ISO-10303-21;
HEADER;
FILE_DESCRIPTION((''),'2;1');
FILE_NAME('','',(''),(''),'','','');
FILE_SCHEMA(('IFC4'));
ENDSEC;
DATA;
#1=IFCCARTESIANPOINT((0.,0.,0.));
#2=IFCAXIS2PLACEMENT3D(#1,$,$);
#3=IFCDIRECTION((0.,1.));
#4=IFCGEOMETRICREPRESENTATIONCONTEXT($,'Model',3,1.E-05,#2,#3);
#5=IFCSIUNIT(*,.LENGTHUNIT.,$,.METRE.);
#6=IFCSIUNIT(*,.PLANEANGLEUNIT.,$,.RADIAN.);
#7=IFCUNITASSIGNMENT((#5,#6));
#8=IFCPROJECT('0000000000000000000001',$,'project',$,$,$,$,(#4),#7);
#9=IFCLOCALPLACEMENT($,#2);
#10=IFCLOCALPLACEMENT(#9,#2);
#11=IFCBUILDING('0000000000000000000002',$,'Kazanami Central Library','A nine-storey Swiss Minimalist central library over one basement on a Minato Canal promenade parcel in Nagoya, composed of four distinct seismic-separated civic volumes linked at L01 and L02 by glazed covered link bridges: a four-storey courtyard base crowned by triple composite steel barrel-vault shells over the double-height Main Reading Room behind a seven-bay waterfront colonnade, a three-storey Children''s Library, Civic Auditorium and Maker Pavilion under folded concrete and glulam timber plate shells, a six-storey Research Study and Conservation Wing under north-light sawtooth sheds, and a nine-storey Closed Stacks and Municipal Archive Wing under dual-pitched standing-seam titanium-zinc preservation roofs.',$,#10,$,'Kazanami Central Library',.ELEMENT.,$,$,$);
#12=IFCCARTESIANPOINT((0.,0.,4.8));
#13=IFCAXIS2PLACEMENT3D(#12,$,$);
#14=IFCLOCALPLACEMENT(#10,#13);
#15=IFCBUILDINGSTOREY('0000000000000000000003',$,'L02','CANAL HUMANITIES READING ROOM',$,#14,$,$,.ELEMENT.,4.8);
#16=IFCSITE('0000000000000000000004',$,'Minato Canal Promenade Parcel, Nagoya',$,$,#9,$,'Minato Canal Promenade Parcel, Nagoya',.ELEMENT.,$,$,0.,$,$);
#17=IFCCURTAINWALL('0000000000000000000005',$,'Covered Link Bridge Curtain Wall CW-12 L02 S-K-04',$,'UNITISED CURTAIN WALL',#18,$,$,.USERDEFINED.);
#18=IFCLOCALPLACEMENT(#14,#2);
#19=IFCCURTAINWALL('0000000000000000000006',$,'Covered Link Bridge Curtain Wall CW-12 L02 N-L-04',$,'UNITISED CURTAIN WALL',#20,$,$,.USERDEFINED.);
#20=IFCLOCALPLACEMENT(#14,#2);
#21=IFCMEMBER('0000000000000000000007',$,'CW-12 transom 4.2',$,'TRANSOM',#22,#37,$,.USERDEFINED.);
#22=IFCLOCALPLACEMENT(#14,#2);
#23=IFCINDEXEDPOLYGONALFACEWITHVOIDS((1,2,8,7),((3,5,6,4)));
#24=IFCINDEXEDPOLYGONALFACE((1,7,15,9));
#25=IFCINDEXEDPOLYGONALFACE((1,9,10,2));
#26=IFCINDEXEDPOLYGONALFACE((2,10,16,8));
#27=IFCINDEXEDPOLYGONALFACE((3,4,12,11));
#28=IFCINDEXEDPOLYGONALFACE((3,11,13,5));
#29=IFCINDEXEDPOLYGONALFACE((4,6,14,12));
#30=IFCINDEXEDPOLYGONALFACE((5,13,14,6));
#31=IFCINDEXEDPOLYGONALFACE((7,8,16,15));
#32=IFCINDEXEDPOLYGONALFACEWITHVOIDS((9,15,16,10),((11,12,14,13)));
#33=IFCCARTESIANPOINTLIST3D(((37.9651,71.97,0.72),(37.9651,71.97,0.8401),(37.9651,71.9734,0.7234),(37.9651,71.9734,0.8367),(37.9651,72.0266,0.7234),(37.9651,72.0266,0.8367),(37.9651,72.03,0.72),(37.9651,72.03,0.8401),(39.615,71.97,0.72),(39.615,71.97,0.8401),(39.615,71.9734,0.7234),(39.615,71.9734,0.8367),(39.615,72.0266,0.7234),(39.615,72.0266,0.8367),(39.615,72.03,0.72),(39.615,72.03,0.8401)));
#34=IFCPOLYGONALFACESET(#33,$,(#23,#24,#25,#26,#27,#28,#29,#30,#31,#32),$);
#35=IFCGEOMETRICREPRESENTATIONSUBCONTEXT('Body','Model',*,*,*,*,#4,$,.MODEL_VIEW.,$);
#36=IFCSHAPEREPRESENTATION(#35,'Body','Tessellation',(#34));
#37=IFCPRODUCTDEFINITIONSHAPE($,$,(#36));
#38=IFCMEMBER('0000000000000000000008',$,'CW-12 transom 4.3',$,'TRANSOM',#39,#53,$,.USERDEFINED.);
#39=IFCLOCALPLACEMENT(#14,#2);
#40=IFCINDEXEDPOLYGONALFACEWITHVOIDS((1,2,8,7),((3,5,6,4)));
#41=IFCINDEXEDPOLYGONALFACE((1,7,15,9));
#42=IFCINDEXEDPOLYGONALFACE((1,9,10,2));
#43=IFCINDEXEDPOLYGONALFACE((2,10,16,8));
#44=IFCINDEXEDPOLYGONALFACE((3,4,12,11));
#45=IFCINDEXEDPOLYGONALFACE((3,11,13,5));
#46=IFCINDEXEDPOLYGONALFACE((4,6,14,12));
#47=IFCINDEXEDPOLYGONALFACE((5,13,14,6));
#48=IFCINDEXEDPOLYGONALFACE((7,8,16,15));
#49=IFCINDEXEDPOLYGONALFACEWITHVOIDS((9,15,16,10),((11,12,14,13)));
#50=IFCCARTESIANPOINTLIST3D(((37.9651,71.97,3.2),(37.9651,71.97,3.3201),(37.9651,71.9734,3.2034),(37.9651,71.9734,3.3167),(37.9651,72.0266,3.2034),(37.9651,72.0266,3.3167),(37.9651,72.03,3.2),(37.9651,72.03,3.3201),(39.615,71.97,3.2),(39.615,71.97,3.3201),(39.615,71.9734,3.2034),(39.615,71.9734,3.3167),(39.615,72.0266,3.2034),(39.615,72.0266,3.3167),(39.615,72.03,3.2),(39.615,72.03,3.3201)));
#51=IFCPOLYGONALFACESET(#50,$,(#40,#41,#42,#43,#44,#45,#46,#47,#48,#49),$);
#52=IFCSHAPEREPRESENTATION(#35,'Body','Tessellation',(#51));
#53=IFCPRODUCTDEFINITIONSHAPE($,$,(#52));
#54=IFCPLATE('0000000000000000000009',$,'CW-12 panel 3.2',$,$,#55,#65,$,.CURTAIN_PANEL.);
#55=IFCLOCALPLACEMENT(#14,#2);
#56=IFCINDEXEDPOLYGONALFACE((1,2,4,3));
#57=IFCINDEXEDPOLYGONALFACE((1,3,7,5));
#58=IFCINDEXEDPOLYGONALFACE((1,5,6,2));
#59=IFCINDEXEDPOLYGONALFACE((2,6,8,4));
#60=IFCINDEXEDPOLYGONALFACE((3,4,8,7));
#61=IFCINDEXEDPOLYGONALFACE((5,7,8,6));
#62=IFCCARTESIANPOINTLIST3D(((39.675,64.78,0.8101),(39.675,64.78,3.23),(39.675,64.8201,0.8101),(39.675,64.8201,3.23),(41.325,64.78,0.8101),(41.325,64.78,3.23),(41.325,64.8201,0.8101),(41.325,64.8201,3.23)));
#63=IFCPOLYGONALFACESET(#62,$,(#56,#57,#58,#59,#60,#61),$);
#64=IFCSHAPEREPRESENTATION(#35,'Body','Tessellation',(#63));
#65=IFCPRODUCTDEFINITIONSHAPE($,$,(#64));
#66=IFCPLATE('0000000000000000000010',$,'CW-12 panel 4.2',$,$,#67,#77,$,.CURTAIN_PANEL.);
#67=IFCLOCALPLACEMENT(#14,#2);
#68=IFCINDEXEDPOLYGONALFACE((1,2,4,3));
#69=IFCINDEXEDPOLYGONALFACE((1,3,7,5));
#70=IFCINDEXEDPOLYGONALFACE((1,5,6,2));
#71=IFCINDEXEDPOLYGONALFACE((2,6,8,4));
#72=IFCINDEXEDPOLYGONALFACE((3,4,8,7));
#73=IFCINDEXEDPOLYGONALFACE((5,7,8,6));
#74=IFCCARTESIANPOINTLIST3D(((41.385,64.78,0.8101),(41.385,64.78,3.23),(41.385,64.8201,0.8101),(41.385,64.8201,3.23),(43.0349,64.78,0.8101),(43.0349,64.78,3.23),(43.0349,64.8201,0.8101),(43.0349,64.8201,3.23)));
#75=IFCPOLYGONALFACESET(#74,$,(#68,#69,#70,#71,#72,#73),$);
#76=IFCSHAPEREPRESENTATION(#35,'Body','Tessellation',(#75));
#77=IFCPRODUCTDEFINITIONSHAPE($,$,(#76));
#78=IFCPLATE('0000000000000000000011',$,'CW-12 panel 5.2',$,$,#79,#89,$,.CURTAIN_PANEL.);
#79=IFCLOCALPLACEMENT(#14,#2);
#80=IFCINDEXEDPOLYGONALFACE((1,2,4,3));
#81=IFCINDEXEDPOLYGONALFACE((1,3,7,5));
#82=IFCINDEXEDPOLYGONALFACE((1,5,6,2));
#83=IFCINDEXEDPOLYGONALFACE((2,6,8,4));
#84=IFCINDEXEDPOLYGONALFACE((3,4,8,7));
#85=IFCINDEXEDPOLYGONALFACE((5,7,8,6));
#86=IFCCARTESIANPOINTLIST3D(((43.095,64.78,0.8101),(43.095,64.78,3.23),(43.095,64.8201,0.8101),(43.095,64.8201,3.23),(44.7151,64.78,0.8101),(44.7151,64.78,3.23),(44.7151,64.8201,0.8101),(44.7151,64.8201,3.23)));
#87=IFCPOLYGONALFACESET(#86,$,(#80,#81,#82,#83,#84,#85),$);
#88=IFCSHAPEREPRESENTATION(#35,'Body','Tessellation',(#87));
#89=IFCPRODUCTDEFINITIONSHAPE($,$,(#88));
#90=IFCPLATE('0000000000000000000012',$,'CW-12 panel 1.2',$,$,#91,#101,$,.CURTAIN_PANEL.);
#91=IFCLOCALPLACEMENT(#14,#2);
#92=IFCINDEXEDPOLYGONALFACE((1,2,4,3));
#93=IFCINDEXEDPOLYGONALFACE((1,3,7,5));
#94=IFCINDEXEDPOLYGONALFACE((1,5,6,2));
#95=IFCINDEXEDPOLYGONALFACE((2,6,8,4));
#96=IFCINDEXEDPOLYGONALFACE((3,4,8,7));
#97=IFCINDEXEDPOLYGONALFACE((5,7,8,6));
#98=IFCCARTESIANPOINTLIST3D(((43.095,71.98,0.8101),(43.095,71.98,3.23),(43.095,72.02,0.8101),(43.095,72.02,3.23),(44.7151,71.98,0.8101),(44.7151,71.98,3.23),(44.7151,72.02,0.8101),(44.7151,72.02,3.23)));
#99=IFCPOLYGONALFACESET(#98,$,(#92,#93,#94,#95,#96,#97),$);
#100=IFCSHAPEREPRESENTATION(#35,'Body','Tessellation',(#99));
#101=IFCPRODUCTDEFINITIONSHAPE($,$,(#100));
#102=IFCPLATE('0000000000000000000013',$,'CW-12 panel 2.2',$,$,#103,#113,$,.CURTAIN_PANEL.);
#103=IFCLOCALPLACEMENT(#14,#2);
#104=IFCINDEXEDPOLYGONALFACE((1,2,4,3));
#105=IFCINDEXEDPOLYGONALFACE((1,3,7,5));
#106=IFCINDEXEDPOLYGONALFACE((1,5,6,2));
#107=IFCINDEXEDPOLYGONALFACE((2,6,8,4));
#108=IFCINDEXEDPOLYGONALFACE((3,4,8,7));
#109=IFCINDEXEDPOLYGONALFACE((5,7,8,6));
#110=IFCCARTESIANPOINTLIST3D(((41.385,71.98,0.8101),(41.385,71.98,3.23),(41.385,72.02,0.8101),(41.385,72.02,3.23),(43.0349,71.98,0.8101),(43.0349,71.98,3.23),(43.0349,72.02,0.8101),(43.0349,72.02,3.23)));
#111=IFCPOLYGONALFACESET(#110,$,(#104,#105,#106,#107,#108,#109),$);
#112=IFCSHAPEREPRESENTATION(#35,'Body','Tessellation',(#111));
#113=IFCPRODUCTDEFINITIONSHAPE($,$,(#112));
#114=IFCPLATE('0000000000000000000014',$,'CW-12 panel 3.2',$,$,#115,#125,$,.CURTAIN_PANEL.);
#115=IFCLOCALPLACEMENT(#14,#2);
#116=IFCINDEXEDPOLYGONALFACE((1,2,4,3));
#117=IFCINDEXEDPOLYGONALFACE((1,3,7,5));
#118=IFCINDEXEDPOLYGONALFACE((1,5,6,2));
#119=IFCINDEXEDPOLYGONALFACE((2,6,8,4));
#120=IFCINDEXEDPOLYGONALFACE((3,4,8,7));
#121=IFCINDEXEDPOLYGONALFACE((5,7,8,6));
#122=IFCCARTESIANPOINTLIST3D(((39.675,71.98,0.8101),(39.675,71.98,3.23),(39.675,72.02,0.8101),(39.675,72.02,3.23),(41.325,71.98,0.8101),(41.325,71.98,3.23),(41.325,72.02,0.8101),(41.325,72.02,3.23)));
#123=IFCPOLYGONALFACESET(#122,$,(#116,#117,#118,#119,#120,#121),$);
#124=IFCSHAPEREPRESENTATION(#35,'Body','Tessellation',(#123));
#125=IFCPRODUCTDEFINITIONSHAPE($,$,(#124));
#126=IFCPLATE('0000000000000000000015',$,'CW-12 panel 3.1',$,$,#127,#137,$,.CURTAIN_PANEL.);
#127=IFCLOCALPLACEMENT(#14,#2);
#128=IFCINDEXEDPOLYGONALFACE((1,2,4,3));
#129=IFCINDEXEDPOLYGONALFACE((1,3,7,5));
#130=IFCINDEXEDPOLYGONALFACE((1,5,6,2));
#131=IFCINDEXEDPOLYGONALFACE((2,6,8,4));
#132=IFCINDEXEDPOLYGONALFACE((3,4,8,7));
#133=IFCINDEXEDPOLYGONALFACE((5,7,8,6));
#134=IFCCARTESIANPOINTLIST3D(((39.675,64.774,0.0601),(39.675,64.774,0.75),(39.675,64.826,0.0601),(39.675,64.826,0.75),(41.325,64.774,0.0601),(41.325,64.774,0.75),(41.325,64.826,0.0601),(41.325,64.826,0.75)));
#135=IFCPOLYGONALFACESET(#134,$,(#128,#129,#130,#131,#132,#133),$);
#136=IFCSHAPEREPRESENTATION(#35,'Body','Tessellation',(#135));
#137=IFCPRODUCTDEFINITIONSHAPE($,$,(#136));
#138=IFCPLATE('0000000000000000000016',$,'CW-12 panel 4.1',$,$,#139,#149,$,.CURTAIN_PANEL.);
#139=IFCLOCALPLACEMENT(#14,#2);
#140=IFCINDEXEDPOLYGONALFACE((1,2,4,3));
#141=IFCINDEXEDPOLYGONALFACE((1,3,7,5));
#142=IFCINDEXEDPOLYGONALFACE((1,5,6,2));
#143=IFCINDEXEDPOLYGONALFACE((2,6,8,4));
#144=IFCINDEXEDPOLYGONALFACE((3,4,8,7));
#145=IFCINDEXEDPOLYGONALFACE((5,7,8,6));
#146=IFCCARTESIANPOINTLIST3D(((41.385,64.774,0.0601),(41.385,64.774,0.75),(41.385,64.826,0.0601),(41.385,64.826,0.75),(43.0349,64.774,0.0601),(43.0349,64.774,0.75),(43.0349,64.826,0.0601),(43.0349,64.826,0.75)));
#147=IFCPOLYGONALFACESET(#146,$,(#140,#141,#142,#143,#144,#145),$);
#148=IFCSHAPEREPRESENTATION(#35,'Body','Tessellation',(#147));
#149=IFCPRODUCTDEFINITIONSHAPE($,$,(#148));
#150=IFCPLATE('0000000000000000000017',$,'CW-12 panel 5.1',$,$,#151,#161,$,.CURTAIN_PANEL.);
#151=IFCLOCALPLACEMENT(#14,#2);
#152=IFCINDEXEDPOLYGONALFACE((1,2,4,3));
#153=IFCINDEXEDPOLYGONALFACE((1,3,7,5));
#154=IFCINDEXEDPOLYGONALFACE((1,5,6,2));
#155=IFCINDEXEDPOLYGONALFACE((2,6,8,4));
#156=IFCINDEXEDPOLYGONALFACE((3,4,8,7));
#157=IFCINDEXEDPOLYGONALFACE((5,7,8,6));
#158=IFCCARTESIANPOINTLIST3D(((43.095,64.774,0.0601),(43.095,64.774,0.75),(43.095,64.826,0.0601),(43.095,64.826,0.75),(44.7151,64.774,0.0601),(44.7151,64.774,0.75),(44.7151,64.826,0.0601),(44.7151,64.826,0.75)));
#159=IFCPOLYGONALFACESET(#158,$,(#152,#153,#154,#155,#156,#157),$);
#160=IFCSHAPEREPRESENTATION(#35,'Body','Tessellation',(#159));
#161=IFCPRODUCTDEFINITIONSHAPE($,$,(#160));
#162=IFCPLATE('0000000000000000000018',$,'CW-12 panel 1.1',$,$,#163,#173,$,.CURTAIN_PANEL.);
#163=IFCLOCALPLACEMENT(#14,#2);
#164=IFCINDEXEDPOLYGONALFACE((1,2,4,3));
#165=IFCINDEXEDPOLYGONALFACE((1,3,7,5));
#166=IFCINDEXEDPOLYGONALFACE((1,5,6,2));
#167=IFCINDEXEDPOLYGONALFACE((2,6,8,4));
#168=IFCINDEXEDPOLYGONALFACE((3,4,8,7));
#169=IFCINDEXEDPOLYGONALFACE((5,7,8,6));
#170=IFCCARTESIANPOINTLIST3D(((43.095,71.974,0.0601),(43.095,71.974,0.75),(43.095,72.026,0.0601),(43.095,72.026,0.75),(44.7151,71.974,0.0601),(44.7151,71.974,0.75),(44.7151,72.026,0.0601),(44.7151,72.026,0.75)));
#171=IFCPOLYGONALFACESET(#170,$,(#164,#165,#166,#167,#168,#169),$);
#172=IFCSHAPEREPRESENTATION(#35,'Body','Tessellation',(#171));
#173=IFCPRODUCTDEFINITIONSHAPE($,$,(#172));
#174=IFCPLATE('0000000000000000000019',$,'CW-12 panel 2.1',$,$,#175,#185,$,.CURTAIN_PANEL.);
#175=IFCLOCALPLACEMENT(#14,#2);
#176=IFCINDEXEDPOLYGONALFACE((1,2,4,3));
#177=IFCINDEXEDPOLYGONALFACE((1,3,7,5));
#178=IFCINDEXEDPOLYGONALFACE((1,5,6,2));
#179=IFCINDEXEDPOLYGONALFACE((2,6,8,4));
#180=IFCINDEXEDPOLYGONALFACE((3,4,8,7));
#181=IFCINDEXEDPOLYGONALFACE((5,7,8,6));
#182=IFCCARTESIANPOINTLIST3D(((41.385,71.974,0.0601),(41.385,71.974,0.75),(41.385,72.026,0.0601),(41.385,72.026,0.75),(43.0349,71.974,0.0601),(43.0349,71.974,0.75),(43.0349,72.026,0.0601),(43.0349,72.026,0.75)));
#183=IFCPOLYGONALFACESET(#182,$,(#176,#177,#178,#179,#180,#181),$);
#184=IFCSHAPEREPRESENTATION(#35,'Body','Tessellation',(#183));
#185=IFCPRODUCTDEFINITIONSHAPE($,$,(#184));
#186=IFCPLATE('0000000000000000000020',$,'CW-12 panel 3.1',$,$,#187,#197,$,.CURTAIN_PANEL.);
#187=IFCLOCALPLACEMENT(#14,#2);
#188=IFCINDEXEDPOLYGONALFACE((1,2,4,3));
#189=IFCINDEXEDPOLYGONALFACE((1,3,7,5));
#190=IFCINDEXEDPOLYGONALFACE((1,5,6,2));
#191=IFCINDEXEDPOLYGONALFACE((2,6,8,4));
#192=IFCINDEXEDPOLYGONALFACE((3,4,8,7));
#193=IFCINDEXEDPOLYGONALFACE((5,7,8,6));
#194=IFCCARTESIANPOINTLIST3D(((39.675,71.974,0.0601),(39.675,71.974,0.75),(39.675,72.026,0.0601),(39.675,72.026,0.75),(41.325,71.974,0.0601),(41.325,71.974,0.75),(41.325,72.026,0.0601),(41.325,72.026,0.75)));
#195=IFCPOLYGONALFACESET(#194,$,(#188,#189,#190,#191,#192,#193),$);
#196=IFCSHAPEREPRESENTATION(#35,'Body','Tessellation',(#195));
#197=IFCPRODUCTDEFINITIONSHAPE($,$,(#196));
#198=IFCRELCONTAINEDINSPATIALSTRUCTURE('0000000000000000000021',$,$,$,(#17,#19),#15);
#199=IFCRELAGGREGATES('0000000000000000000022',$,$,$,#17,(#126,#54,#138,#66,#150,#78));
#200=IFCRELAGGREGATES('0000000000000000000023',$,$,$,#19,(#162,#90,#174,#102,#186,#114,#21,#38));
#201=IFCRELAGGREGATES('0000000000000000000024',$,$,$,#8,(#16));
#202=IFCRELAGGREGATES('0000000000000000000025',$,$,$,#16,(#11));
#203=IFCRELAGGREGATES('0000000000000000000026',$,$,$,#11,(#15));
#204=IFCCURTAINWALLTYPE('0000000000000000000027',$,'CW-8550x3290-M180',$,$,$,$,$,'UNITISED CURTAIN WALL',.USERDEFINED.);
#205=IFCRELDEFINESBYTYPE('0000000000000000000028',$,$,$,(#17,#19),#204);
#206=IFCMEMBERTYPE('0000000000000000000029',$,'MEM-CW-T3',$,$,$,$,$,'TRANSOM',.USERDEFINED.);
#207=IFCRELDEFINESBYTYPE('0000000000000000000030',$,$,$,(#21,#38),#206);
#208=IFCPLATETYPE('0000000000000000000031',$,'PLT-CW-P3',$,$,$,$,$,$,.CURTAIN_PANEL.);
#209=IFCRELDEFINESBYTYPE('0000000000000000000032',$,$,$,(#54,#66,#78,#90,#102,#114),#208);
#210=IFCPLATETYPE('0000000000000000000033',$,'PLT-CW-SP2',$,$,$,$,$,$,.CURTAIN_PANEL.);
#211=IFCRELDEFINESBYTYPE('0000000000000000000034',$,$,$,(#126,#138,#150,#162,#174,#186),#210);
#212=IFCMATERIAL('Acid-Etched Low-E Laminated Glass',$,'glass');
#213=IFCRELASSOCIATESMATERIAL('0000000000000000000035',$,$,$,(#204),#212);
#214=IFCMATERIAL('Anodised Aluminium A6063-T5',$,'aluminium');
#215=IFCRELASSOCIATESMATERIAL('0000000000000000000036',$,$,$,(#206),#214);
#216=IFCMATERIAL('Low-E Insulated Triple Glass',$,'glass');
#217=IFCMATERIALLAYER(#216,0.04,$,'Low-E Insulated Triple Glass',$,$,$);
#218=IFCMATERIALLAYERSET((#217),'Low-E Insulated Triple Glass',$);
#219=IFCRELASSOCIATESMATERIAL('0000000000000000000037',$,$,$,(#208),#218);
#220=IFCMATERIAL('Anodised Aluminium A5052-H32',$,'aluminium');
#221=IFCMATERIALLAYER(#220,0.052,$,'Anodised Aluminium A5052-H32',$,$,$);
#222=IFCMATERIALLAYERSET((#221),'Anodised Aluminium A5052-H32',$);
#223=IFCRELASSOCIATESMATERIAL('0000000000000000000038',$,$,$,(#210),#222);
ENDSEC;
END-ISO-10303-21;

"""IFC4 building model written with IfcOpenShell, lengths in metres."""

from ifc_helpers import new_model, si_unit, direction, frame, origin, origin_2d, place, context, subcontext, project, spatial, rectangle, hollow_rectangle, extrude, material, layer, layer_set, material_profile, profile_set, type_object, element, aggregate, save


model = new_model("IFC4")

# Units and contexts
model_context = context("Model", 3, precision=1e-05, world=origin(), true_north=direction((0.0, 1.0)))
body_context = subcontext(model_context, "Body", "Model", "MODEL_VIEW")
ifc_project = project(units=[si_unit("LENGTHUNIT", "METRE"), si_unit("PLANEANGLEUNIT", "RADIAN")], contexts=[model_context])

# Site, building, storey
site_placement = place(None, origin())
site = spatial("IfcSite", under=ifc_project, at=site_placement, Name="Minato Canal Promenade Parcel, Nagoya", LongName="Minato Canal Promenade Parcel, Nagoya", CompositionType="ELEMENT", RefElevation=0.0)
building_placement = place(site_placement, origin())
building = spatial("IfcBuilding", under=site, at=building_placement, Name="Kazanami Central Library", Description="A nine-storey Swiss Minimalist central library over one basement on a Minato Canal promenade parcel in Nagoya, composed of four distinct seismic-separated civic volumes linked at L01 and L02 by glazed covered link bridges: a four-storey courtyard base crowned by triple composite steel barrel-vault shells over the double-height Main Reading Room behind a seven-bay waterfront colonnade, a three-storey Children's Library, Civic Auditorium and Maker Pavilion under folded concrete and glulam timber plate shells, a six-storey Research Study and Conservation Wing under north-light sawtooth sheds, and a nine-storey Closed Stacks and Municipal Archive Wing under dual-pitched standing-seam titanium-zinc preservation roofs.", LongName="Kazanami Central Library", CompositionType="ELEMENT")
storey_placement = place(building_placement, frame((0.0, 0.0, 4.8)))
storey = spatial("IfcBuildingStorey", under=building, at=storey_placement, Name="L02", Description="CANAL HUMANITIES READING ROOM", CompositionType="ELEMENT", Elevation=4.8)

# Curtain walls
ifc_material_1 = material(Name="Acid-Etched Low-E Laminated Glass", Category="glass")
curtain_wall_type = type_object("IfcCurtainWallType", Name="CW-8550x3290-M180", ElementType="UNITISED CURTAIN WALL", PredefinedType="USERDEFINED", material=ifc_material_1)
curtain_wall_1_placement = place(storey_placement, origin())
curtain_wall_1 = element("IfcCurtainWall", 1, at=curtain_wall_1_placement, inside=storey, type_object=curtain_wall_type, Name="Covered Link Bridge Curtain Wall CW-12 L02 S-K-04", ObjectType="UNITISED CURTAIN WALL", PredefinedType="USERDEFINED")
ifc_material_2 = material(Name="Anodised Aluminium A6063-T5", Category="aluminium")
curtain_wall_2_placement = place(storey_placement, origin())
curtain_wall_2 = element("IfcCurtainWall", 2, at=curtain_wall_2_placement, inside=storey, type_object=curtain_wall_type, Name="Covered Link Bridge Curtain Wall CW-12 L02 N-L-04", ObjectType="UNITISED CURTAIN WALL", PredefinedType="USERDEFINED")

# Members
ifc_material_profile_1 = material_profile(ifc_material_2, hollow_rectangle(XDim=0.0601, YDim=0.1201, WallThickness=0.0034, at=origin_2d()), Name="ALU-TRAN-60x120x3.5")
ifc_profile_set_1 = profile_set([ifc_material_profile_1], Name="Anodised Aluminium A6063-T5")
member_type_1 = type_object("IfcMemberType", Name="MEM-CW-T3", ElementType="TRANSOM", PredefinedType="USERDEFINED", material=ifc_profile_set_1)
member_1_placement = place(storey_placement, frame((39.615, 72.0, 0.78), z_axis=(-1.0, 0.0, 0.0), x_axis=(0.0, -1.0, 0.0)))
member_1 = element("IfcMember", 3, at=member_1_placement, type_object=member_type_1, Name="CW-12 transom 4.2", ObjectType="TRANSOM", PredefinedType="USERDEFINED", context=body_context, shape_type="SweptSolid", body=[
    extrude(hollow_rectangle(XDim=0.0601, YDim=0.1201, WallThickness=0.0034, at=origin_2d()), origin(), (0.0, 0.0, 1.0), 1.6499),
])
member_2_placement = place(storey_placement, frame((39.615, 72.0, 3.26), z_axis=(-1.0, 0.0, 0.0), x_axis=(0.0, -1.0, 0.0)))
member_2 = element("IfcMember", 4, at=member_2_placement, type_object=member_type_1, Name="CW-12 transom 4.3", ObjectType="TRANSOM", PredefinedType="USERDEFINED", context=body_context, shape_type="SweptSolid", body=[
    extrude(hollow_rectangle(XDim=0.0601, YDim=0.1201, WallThickness=0.0034, at=origin_2d()), origin(), (0.0, 0.0, 1.0), 1.6499),
])

# Plates
ifc_material_3 = material(Name="Low-E Insulated Triple Glass", Category="glass")
ifc_layer_1 = layer(ifc_material_3, 0.04, Name="Low-E Insulated Triple Glass")
ifc_layer_set_1 = layer_set([ifc_layer_1], Name="Low-E Insulated Triple Glass")
plate_type_1 = type_object("IfcPlateType", Name="PLT-CW-P3", PredefinedType="CURTAIN_PANEL", material=ifc_layer_set_1)
plate_1_placement = place(storey_placement, frame((40.5, 64.8, 0.8101), z_axis=(0.0, 0.0, 1.0), x_axis=(1.0, 0.0, 0.0)))
plate_1 = element("IfcPlate", 5, at=plate_1_placement, type_object=plate_type_1, Name="CW-12 panel 3.2", PredefinedType="CURTAIN_PANEL", context=body_context, shape_type="SweptSolid", body=[
    extrude(rectangle(XDim=1.6499, YDim=0.04, at=origin_2d()), origin(), (0.0, 0.0, 1.0), 2.4199),
])
plate_2_placement = place(storey_placement, frame((42.21, 64.8, 0.8101), z_axis=(0.0, 0.0, 1.0), x_axis=(1.0, 0.0, 0.0)))
plate_2 = element("IfcPlate", 6, at=plate_2_placement, type_object=plate_type_1, Name="CW-12 panel 4.2", PredefinedType="CURTAIN_PANEL", context=body_context, shape_type="SweptSolid", body=[
    extrude(rectangle(XDim=1.6499, YDim=0.04, at=origin_2d()), origin(), (0.0, 0.0, 1.0), 2.4199),
])
plate_3_placement = place(storey_placement, frame((43.905, 64.8, 0.8101), z_axis=(0.0, 0.0, 1.0), x_axis=(1.0, 0.0, 0.0)))
plate_3 = element("IfcPlate", 7, at=plate_3_placement, type_object=plate_type_1, Name="CW-12 panel 5.2", PredefinedType="CURTAIN_PANEL", context=body_context, shape_type="SweptSolid", body=[
    extrude(rectangle(XDim=1.6201, YDim=0.04, at=origin_2d()), origin(), (0.0, 0.0, 1.0), 2.4199),
])
plate_4_placement = place(storey_placement, frame((43.905, 72.0, 0.8101), z_axis=(0.0, 0.0, 1.0), x_axis=(-1.0, 0.0, 0.0)))
plate_4 = element("IfcPlate", 8, at=plate_4_placement, type_object=plate_type_1, Name="CW-12 panel 1.2", PredefinedType="CURTAIN_PANEL", context=body_context, shape_type="SweptSolid", body=[
    extrude(rectangle(XDim=1.6201, YDim=0.04, at=origin_2d()), origin(), (0.0, 0.0, 1.0), 2.4199),
])
plate_5_placement = place(storey_placement, frame((42.21, 72.0, 0.8101), z_axis=(0.0, 0.0, 1.0), x_axis=(-1.0, 0.0, 0.0)))
plate_5 = element("IfcPlate", 9, at=plate_5_placement, type_object=plate_type_1, Name="CW-12 panel 2.2", PredefinedType="CURTAIN_PANEL", context=body_context, shape_type="SweptSolid", body=[
    extrude(rectangle(XDim=1.6499, YDim=0.04, at=origin_2d()), origin(), (0.0, 0.0, 1.0), 2.4199),
])
plate_6_placement = place(storey_placement, frame((40.5, 72.0, 0.8101), z_axis=(0.0, 0.0, 1.0), x_axis=(-1.0, 0.0, 0.0)))
plate_6 = element("IfcPlate", 10, at=plate_6_placement, type_object=plate_type_1, Name="CW-12 panel 3.2", PredefinedType="CURTAIN_PANEL", context=body_context, shape_type="SweptSolid", body=[
    extrude(rectangle(XDim=1.6499, YDim=0.04, at=origin_2d()), origin(), (0.0, 0.0, 1.0), 2.4199),
])
ifc_material_4 = material(Name="Anodised Aluminium A5052-H32", Category="aluminium")
ifc_layer_2 = layer(ifc_material_4, 0.052, Name="Anodised Aluminium A5052-H32")
ifc_layer_set_2 = layer_set([ifc_layer_2], Name="Anodised Aluminium A5052-H32")
plate_type_2 = type_object("IfcPlateType", Name="PLT-CW-SP2", PredefinedType="CURTAIN_PANEL", material=ifc_layer_set_2)
plate_7_placement = place(storey_placement, frame((40.5, 64.8, 0.0601), z_axis=(0.0, 0.0, 1.0), x_axis=(1.0, 0.0, 0.0)))
plate_7 = element("IfcPlate", 11, at=plate_7_placement, type_object=plate_type_2, Name="CW-12 panel 3.1", PredefinedType="CURTAIN_PANEL", context=body_context, shape_type="SweptSolid", body=[
    extrude(rectangle(XDim=1.6499, YDim=0.052, at=origin_2d()), origin(), (0.0, 0.0, 1.0), 0.6899),
])
plate_8_placement = place(storey_placement, frame((42.21, 64.8, 0.0601), z_axis=(0.0, 0.0, 1.0), x_axis=(1.0, 0.0, 0.0)))
plate_8 = element("IfcPlate", 12, at=plate_8_placement, type_object=plate_type_2, Name="CW-12 panel 4.1", PredefinedType="CURTAIN_PANEL", context=body_context, shape_type="SweptSolid", body=[
    extrude(rectangle(XDim=1.6499, YDim=0.052, at=origin_2d()), origin(), (0.0, 0.0, 1.0), 0.6899),
])
plate_9_placement = place(storey_placement, frame((43.905, 64.8, 0.0601), z_axis=(0.0, 0.0, 1.0), x_axis=(1.0, 0.0, 0.0)))
plate_9 = element("IfcPlate", 13, at=plate_9_placement, type_object=plate_type_2, Name="CW-12 panel 5.1", PredefinedType="CURTAIN_PANEL", context=body_context, shape_type="SweptSolid", body=[
    extrude(rectangle(XDim=1.6201, YDim=0.052, at=origin_2d()), origin(), (0.0, 0.0, 1.0), 0.6899),
])
aggregate(curtain_wall_1, [plate_7, plate_1, plate_8, plate_2, plate_9, plate_3])
plate_10_placement = place(storey_placement, frame((43.905, 72.0, 0.0601), z_axis=(0.0, 0.0, 1.0), x_axis=(-1.0, 0.0, 0.0)))
plate_10 = element("IfcPlate", 14, at=plate_10_placement, type_object=plate_type_2, Name="CW-12 panel 1.1", PredefinedType="CURTAIN_PANEL", context=body_context, shape_type="SweptSolid", body=[
    extrude(rectangle(XDim=1.6201, YDim=0.052, at=origin_2d()), origin(), (0.0, 0.0, 1.0), 0.6899),
])
plate_11_placement = place(storey_placement, frame((42.21, 72.0, 0.0601), z_axis=(0.0, 0.0, 1.0), x_axis=(-1.0, 0.0, 0.0)))
plate_11 = element("IfcPlate", 15, at=plate_11_placement, type_object=plate_type_2, Name="CW-12 panel 2.1", PredefinedType="CURTAIN_PANEL", context=body_context, shape_type="SweptSolid", body=[
    extrude(rectangle(XDim=1.6499, YDim=0.052, at=origin_2d()), origin(), (0.0, 0.0, 1.0), 0.6899),
])
plate_12_placement = place(storey_placement, frame((40.5, 72.0, 0.0601), z_axis=(0.0, 0.0, 1.0), x_axis=(-1.0, 0.0, 0.0)))
plate_12 = element("IfcPlate", 16, at=plate_12_placement, type_object=plate_type_2, Name="CW-12 panel 3.1", PredefinedType="CURTAIN_PANEL", context=body_context, shape_type="SweptSolid", body=[
    extrude(rectangle(XDim=1.6499, YDim=0.052, at=origin_2d()), origin(), (0.0, 0.0, 1.0), 0.6899),
])
aggregate(curtain_wall_2, [plate_10, plate_4, plate_11, plate_5, plate_12, plate_6, member_1, member_2])

save(model, "model.ifc")
